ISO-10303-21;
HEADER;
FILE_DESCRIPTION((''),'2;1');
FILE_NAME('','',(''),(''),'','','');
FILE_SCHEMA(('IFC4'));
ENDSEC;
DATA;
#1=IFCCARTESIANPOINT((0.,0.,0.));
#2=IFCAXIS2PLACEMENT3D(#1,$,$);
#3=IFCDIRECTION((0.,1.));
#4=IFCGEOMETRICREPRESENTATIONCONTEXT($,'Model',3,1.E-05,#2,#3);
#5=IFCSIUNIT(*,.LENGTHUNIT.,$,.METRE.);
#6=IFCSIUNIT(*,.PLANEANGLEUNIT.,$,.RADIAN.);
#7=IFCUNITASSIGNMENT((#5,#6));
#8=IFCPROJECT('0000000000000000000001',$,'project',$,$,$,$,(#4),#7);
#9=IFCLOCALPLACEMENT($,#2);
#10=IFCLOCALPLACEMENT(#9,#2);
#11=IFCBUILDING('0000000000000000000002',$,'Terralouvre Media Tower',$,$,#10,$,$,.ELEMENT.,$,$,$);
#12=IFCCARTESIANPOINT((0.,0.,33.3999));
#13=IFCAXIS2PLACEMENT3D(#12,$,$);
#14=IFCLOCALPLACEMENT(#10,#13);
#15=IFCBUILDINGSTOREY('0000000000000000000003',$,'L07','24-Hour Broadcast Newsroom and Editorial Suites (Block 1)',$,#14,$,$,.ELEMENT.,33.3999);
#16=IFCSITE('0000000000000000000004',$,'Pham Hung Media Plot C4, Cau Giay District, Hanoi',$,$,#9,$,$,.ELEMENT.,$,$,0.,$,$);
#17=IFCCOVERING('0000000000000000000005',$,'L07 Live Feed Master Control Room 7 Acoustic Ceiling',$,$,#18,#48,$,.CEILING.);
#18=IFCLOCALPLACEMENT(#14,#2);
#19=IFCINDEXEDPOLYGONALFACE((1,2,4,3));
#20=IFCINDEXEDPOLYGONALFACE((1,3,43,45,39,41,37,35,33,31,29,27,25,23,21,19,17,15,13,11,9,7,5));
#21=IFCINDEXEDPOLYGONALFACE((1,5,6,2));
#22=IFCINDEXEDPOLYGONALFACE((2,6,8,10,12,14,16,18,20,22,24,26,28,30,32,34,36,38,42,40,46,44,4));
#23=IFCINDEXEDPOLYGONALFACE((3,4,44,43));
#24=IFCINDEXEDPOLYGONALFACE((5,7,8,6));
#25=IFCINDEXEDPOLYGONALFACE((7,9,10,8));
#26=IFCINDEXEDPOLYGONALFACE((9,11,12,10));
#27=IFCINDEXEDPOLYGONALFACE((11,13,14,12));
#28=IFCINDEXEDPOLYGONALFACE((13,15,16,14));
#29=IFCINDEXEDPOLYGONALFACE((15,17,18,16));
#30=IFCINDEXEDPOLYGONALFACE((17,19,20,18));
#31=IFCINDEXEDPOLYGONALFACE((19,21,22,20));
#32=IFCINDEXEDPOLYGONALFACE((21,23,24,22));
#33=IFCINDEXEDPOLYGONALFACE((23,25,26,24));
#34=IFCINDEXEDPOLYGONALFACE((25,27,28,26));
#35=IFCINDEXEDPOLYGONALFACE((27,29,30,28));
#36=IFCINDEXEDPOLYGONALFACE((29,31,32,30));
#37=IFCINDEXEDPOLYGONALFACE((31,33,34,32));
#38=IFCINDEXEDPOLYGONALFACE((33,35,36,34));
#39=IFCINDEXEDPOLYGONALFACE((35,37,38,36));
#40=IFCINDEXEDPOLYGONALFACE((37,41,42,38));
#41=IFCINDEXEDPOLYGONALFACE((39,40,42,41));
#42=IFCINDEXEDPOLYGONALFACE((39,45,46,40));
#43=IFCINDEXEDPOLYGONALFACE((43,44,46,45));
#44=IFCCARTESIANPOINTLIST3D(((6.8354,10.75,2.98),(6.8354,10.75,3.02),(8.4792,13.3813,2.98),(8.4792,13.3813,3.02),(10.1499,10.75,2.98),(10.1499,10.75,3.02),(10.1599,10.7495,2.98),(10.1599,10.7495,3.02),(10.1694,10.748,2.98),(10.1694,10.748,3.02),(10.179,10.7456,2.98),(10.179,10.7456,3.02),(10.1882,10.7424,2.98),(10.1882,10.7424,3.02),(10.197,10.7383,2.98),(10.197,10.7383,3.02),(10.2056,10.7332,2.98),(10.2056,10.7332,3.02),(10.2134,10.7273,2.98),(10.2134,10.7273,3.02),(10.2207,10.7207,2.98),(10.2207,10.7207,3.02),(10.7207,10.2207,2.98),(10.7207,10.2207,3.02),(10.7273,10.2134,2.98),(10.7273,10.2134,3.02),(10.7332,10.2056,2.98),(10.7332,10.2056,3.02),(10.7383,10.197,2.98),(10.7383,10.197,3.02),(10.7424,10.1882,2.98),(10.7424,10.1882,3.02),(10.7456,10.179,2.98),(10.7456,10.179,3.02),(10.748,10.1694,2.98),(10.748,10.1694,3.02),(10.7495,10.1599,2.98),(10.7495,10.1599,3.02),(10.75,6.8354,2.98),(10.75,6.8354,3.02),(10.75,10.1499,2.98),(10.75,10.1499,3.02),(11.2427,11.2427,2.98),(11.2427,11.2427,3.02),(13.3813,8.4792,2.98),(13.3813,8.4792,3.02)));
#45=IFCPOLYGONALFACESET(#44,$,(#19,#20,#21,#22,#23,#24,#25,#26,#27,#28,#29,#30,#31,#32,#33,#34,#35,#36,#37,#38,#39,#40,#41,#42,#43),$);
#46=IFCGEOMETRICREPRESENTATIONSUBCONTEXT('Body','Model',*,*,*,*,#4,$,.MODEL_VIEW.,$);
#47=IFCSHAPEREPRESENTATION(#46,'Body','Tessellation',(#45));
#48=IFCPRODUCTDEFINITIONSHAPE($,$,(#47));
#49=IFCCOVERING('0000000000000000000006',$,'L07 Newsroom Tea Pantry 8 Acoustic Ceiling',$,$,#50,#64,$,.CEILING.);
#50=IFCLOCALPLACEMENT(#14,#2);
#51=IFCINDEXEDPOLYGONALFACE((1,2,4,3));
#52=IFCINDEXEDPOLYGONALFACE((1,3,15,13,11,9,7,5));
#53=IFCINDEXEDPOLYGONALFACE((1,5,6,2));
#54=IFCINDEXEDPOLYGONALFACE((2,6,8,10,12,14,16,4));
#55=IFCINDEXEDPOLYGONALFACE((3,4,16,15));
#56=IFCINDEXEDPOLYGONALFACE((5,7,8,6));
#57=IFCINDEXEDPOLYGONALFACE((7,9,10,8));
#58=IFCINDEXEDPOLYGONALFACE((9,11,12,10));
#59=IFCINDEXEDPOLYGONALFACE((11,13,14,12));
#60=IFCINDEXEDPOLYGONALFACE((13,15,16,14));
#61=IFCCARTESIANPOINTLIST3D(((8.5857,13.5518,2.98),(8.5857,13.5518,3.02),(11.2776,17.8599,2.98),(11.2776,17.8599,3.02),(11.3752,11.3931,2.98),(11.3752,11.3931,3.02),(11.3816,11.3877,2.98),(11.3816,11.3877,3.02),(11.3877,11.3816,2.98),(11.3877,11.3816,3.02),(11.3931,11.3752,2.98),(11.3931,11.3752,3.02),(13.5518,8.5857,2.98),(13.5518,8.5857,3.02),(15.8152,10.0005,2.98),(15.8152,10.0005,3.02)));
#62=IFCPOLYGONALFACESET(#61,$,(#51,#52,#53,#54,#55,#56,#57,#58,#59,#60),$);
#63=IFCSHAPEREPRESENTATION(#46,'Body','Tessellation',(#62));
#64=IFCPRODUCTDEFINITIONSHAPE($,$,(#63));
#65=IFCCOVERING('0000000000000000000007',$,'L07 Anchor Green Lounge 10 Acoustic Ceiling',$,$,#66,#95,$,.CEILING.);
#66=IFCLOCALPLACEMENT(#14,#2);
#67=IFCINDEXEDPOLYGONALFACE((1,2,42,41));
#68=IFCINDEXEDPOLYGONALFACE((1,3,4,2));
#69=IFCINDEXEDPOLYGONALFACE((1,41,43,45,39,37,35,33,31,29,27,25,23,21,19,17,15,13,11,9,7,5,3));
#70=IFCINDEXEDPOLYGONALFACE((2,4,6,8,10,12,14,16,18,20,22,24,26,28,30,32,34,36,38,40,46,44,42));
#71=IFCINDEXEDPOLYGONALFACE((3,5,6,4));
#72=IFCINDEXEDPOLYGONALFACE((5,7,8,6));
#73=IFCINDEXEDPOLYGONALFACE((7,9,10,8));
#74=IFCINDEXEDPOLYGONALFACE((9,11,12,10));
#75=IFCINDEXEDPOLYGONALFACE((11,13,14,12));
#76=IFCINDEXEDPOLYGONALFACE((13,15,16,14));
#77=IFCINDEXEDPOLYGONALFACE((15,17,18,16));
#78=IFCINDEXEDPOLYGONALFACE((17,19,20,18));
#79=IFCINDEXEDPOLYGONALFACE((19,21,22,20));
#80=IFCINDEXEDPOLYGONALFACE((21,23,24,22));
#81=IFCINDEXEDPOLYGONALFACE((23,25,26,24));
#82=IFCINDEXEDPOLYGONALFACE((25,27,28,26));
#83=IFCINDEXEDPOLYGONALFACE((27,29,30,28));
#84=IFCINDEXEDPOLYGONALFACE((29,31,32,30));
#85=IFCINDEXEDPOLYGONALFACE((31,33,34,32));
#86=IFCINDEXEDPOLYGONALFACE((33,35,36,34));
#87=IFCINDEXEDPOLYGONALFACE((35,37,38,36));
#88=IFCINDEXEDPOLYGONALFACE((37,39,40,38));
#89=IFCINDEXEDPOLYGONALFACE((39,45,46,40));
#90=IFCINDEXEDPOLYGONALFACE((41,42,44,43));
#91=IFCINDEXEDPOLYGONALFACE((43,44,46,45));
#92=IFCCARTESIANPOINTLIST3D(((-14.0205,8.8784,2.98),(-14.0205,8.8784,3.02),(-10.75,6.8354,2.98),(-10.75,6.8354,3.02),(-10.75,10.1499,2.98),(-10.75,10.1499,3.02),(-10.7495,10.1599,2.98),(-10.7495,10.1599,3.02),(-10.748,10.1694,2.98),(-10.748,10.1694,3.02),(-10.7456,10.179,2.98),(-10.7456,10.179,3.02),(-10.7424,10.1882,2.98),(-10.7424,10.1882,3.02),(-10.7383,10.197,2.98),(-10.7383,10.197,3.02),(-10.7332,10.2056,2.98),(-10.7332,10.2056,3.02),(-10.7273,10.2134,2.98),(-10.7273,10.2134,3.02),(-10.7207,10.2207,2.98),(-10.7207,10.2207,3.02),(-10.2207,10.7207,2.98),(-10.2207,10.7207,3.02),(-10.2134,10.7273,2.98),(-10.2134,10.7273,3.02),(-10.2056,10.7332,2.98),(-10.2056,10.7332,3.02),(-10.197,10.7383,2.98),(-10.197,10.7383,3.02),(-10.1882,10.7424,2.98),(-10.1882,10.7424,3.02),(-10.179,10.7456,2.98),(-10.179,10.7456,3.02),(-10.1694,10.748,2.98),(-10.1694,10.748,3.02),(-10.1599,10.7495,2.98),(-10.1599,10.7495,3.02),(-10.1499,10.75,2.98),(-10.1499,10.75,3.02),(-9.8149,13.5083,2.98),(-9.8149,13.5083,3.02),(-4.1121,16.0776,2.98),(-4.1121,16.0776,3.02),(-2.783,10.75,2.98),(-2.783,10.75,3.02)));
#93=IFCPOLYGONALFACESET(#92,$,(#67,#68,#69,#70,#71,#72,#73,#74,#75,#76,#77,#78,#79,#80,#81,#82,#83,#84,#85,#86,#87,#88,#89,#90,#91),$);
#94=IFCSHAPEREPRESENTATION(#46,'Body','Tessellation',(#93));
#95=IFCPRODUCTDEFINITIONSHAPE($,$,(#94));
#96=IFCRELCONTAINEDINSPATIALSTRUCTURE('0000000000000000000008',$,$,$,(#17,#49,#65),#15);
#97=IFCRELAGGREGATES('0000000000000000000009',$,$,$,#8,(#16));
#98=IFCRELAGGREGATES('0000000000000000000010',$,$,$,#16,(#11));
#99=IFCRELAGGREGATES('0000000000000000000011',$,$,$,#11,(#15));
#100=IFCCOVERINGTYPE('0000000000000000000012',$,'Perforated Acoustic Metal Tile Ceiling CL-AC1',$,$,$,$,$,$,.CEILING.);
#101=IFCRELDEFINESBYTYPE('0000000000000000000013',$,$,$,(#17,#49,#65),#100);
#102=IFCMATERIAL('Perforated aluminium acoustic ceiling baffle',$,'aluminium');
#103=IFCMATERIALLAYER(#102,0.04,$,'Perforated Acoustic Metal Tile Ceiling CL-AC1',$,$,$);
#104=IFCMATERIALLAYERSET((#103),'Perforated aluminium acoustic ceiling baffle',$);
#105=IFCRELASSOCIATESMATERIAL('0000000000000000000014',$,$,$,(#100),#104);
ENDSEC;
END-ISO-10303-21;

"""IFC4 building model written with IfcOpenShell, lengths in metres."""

from ifc_helpers import new_model, si_unit, direction, frame, origin, place, context, subcontext, project, spatial, polyline, outline, extrude, material, layer, layer_set, type_object, element, save


model = new_model("IFC4")

# Units and contexts
model_context = context("Model", 3, precision=1e-05, world=origin(), true_north=direction((0.0, 1.0)))
body_context = subcontext(model_context, "Body", "Model", "MODEL_VIEW")
ifc_project = project(units=[si_unit("LENGTHUNIT", "METRE"), si_unit("PLANEANGLEUNIT", "RADIAN")], contexts=[model_context])

# Site, building, storey
site_placement = place(None, origin())
site = spatial("IfcSite", under=ifc_project, at=site_placement, Name="Pham Hung Media Plot C4, Cau Giay District, Hanoi", CompositionType="ELEMENT", RefElevation=0.0)
building_placement = place(site_placement, origin())
building = spatial("IfcBuilding", under=site, at=building_placement, Name="Terralouvre Media Tower", CompositionType="ELEMENT")
storey_placement = place(building_placement, frame((0.0, 0.0, 33.3999)))
storey = spatial("IfcBuildingStorey", under=building, at=storey_placement, Name="L07", Description="24-Hour Broadcast Newsroom and Editorial Suites (Block 1)", CompositionType="ELEMENT", Elevation=33.3999)

# Coverings
ifc_material_1 = material(Name="Perforated aluminium acoustic ceiling baffle", Category="aluminium")
ifc_layer_1 = layer(ifc_material_1, 0.04, Name="Perforated Acoustic Metal Tile Ceiling CL-AC1")
ifc_layer_set_1 = layer_set([ifc_layer_1], Name="Perforated aluminium acoustic ceiling baffle")
covering_type_1 = type_object("IfcCoveringType", Name="Perforated Acoustic Metal Tile Ceiling CL-AC1", PredefinedType="CEILING", material=ifc_layer_set_1)
covering_1_placement = place(storey_placement, frame((0.0, 0.0, 2.98)))
element("IfcCovering", 1, at=covering_1_placement, inside=storey, type_object=covering_type_1, Name="L07 Live Feed Master Control Room 7 Acoustic Ceiling", PredefinedType="CEILING", context=body_context, shape_type="SweptSolid", body=[
    extrude(outline(polyline([(11.2427, 11.2427), (8.4792, 13.3813), (6.8354, 10.75), (10.1499, 10.75), (10.1599, 10.7495), (10.1694, 10.748), (10.179, 10.7456), (10.1882, 10.7424), (10.197, 10.7383), (10.2056, 10.7332), (10.2134, 10.7273), (10.2207, 10.7207), (10.7207, 10.2207), (10.7273, 10.2134), (10.7332, 10.2056), (10.7383, 10.197), (10.7424, 10.1882), (10.7456, 10.179), (10.748, 10.1694), (10.7495, 10.1599), (10.75, 10.1499), (10.75, 6.8354), (13.3813, 8.4792), (11.2427, 11.2427)])), origin(), (0.0, 0.0, 1.0), 0.04),
])
covering_2_placement = place(storey_placement, frame((0.0, 0.0, 2.98)))
element("IfcCovering", 2, at=covering_2_placement, inside=storey, type_object=covering_type_1, Name="L07 Newsroom Tea Pantry 8 Acoustic Ceiling", PredefinedType="CEILING", context=body_context, shape_type="SweptSolid", body=[
    extrude(outline(polyline([(11.3752, 11.3931), (11.3816, 11.3877), (11.3877, 11.3816), (11.3931, 11.3752), (13.5518, 8.5857), (15.8152, 10.0005), (11.2776, 17.8599), (8.5857, 13.5518), (11.3752, 11.3931)])), origin(), (0.0, 0.0, 1.0), 0.04),
])
covering_3_placement = place(storey_placement, frame((0.0, 0.0, 2.98)))
element("IfcCovering", 3, at=covering_3_placement, inside=storey, type_object=covering_type_1, Name="L07 Anchor Green Lounge 10 Acoustic Ceiling", PredefinedType="CEILING", context=body_context, shape_type="SweptSolid", body=[
    extrude(outline(polyline([(-9.8149, 13.5083), (-14.0205, 8.8784), (-10.75, 6.8354), (-10.75, 10.1499), (-10.7495, 10.1599), (-10.748, 10.1694), (-10.7456, 10.179), (-10.7424, 10.1882), (-10.7383, 10.197), (-10.7332, 10.2056), (-10.7273, 10.2134), (-10.7207, 10.2207), (-10.2207, 10.7207), (-10.2134, 10.7273), (-10.2056, 10.7332), (-10.197, 10.7383), (-10.1882, 10.7424), (-10.179, 10.7456), (-10.1694, 10.748), (-10.1599, 10.7495), (-10.1499, 10.75), (-2.783, 10.75), (-4.1121, 16.0776), (-9.8149, 13.5083)])), origin(), (0.0, 0.0, 1.0), 0.04),
])

save(model, "model.ifc")
